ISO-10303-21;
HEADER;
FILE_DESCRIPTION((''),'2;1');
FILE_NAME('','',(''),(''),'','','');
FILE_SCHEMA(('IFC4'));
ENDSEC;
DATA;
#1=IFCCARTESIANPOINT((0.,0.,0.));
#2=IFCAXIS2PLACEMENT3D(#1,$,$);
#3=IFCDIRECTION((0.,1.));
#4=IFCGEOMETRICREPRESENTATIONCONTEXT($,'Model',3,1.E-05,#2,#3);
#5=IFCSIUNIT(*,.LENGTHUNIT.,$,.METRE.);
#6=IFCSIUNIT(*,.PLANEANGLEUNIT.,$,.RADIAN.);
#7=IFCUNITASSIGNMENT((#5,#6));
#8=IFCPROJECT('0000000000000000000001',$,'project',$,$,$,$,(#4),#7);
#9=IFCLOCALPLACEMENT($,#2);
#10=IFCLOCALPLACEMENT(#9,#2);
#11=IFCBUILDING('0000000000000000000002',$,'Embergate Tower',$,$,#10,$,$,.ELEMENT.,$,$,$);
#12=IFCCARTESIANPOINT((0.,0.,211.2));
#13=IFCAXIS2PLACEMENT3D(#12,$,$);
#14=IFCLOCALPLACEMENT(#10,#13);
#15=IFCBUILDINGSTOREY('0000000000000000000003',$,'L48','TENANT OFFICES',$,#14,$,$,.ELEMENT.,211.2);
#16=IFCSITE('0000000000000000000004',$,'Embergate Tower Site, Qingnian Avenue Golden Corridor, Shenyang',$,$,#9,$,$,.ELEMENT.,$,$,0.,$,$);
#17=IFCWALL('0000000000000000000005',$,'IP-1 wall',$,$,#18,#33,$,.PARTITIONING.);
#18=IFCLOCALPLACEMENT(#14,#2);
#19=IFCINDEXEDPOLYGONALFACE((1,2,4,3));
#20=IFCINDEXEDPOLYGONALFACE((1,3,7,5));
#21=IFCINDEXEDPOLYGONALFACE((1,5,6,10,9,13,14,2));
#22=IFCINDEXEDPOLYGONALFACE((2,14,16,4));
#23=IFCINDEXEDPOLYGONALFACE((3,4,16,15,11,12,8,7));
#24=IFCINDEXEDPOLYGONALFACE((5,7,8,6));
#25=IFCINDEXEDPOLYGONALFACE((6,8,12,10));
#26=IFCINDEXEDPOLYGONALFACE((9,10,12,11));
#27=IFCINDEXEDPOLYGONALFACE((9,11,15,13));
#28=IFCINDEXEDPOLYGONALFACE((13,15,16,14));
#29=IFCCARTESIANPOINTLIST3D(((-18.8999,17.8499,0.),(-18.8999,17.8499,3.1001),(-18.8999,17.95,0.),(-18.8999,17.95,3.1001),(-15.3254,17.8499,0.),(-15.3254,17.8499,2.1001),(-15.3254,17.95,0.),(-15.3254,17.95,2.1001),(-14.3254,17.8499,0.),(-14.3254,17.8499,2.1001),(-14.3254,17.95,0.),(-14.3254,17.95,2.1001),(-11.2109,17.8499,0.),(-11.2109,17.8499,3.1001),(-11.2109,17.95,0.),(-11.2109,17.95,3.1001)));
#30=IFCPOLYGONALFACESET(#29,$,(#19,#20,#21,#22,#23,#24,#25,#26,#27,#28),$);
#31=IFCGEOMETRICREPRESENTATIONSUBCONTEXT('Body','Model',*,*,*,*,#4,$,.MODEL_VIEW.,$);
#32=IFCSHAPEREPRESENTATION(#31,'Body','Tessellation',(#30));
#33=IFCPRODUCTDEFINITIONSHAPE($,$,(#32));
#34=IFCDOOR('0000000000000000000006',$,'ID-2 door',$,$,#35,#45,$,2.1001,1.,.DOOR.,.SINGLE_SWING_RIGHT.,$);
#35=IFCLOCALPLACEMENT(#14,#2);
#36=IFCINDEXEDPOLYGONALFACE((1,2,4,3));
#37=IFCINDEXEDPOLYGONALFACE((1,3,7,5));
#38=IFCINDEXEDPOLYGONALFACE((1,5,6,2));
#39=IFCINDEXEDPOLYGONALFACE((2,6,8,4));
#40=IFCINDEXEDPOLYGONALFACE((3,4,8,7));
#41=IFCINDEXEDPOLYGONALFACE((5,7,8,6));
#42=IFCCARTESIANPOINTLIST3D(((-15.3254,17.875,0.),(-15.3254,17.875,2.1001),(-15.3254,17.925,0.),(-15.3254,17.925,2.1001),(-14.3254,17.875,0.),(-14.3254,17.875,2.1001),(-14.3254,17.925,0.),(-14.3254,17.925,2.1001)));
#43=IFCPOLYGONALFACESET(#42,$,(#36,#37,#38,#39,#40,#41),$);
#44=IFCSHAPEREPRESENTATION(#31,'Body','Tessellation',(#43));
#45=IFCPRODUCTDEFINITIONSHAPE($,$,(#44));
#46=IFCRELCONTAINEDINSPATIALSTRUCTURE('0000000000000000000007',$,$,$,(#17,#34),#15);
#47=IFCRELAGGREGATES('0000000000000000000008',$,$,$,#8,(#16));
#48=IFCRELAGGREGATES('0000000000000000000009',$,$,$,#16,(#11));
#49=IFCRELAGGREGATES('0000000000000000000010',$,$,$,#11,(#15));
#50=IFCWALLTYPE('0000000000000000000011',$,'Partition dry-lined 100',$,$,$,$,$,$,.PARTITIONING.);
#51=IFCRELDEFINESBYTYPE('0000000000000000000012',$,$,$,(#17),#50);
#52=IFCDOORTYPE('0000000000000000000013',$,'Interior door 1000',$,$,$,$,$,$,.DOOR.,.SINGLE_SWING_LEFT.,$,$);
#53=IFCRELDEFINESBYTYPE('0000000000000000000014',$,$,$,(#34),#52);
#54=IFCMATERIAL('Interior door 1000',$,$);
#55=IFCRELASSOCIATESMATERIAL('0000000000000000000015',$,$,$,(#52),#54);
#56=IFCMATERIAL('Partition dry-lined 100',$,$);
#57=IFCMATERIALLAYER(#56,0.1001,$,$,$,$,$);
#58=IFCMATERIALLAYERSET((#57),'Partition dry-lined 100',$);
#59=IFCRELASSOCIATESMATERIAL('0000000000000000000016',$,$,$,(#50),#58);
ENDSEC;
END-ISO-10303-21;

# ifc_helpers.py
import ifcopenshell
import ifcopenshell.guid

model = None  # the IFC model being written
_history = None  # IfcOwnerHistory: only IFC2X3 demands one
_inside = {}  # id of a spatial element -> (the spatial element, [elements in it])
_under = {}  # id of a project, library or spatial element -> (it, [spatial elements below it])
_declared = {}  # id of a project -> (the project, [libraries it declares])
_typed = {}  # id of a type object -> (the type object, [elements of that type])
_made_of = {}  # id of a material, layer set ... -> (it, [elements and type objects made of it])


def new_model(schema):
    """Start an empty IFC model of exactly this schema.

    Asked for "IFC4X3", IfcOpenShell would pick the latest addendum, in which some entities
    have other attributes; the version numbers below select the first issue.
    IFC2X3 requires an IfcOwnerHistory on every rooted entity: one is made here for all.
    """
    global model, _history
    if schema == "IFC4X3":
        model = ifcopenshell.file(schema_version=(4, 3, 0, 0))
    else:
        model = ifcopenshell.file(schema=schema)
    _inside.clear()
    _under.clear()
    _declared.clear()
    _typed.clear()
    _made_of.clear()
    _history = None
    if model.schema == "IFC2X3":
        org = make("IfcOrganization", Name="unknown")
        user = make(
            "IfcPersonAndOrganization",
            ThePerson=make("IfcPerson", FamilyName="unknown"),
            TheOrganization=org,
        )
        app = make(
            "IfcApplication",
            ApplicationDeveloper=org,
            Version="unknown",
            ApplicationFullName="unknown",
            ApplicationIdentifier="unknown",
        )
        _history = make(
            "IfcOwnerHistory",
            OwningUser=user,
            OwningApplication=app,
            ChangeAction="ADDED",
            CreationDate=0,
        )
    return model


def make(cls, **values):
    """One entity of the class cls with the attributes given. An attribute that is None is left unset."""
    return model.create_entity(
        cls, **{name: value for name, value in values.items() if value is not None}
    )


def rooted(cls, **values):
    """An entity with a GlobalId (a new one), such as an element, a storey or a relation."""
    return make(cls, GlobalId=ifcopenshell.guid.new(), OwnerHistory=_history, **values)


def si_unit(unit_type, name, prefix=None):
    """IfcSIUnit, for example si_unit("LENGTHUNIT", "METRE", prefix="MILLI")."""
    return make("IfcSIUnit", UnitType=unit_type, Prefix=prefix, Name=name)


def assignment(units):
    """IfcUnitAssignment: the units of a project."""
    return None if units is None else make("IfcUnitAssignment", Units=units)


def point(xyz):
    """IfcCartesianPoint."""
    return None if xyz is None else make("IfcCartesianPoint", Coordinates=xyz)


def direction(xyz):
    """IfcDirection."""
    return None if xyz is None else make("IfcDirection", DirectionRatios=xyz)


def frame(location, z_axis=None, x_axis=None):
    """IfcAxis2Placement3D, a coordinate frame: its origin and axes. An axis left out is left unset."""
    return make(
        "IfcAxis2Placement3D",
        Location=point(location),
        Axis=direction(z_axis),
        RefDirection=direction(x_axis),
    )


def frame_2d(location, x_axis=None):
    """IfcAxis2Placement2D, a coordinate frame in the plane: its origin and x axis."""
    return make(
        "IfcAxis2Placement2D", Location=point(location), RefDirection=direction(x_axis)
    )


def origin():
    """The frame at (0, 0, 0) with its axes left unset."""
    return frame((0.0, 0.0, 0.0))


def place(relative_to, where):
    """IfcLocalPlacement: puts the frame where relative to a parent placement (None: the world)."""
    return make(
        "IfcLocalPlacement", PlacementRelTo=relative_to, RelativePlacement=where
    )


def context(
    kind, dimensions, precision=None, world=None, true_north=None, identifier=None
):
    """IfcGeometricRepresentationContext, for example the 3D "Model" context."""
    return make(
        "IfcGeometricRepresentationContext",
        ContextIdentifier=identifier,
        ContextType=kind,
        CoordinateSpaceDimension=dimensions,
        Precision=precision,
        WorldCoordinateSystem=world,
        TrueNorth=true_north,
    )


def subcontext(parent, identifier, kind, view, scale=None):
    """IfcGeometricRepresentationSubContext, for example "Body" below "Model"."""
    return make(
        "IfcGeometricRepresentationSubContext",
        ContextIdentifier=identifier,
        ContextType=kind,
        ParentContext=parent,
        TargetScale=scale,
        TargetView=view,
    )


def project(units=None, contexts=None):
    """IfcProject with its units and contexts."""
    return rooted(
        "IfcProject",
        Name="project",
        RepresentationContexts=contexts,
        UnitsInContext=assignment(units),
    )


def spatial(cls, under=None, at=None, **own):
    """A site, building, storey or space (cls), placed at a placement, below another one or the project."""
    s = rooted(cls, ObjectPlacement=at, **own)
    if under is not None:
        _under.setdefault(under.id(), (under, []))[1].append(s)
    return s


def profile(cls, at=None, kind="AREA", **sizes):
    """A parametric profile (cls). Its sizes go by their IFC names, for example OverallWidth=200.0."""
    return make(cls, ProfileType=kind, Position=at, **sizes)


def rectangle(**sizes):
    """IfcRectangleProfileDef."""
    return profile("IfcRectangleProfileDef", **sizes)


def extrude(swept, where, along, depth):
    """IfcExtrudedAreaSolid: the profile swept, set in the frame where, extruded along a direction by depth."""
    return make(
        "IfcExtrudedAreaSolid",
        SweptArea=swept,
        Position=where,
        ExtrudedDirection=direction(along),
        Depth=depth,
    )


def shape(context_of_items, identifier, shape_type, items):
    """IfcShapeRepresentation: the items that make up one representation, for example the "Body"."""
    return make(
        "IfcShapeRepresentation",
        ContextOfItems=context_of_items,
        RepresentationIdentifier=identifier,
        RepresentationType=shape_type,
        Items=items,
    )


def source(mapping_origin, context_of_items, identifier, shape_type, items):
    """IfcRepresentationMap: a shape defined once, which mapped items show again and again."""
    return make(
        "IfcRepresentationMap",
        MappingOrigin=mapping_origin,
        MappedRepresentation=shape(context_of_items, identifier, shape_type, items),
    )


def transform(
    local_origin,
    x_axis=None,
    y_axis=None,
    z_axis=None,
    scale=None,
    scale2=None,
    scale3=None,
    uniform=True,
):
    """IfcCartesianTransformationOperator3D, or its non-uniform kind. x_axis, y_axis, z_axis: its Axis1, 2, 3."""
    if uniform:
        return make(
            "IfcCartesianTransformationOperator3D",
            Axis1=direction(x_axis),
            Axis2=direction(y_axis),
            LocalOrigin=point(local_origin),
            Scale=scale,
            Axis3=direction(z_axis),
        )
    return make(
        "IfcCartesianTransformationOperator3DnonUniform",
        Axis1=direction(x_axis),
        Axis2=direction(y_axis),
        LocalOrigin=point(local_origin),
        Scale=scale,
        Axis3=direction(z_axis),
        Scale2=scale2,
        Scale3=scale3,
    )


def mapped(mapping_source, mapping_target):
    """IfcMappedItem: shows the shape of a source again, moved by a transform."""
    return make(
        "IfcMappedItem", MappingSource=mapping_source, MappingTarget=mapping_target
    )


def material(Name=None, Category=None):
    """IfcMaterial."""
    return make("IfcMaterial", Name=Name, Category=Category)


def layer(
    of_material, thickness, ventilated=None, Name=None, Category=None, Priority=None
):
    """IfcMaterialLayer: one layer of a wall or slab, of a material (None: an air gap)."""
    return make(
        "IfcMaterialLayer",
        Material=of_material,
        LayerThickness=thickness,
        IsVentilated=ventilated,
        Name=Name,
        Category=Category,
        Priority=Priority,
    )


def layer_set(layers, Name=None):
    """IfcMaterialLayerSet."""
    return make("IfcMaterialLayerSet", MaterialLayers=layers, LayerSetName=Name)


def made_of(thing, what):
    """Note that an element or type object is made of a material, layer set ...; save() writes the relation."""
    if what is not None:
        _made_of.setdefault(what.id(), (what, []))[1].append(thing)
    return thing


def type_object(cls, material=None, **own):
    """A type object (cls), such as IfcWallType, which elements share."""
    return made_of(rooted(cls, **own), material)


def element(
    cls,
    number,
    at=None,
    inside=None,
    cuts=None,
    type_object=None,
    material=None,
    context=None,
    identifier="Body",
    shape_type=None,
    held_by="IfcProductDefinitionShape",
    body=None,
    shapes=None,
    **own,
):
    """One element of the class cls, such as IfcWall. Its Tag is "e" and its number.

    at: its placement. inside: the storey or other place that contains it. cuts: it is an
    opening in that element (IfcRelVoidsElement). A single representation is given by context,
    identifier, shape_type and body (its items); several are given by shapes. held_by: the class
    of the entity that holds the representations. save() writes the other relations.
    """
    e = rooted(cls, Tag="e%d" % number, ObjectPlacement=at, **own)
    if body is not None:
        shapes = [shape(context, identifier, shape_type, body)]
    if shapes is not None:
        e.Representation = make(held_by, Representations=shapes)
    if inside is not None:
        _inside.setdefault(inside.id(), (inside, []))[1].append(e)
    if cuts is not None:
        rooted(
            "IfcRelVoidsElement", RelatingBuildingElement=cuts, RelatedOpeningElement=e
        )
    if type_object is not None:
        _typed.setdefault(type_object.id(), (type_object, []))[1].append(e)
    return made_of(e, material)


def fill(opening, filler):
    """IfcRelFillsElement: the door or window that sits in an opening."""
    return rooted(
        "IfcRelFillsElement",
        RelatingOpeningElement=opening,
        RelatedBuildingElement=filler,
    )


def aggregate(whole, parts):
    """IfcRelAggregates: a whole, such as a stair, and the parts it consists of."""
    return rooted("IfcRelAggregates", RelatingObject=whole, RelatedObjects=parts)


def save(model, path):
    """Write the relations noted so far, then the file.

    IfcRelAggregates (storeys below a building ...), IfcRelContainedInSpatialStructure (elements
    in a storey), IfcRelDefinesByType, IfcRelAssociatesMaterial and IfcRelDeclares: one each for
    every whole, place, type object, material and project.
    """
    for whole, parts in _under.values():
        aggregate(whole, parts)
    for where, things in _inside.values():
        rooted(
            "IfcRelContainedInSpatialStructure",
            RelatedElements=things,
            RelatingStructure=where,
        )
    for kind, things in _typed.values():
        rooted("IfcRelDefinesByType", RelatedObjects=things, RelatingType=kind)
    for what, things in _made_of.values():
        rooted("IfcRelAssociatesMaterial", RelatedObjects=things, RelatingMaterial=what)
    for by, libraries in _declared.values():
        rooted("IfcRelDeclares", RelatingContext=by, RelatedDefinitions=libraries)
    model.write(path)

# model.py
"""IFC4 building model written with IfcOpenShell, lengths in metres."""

from ifc_helpers import new_model, si_unit, direction, frame, frame_2d, origin, place, context, subcontext, project, spatial, rectangle, extrude, source, transform, mapped, material, layer, layer_set, type_object, element, fill, save


model = new_model("IFC4")

# Units and contexts
model_context = context("Model", 3, precision=1e-05, world=origin(), true_north=direction((0.0, 1.0)))
body_context = subcontext(model_context, "Body", "Model", "MODEL_VIEW")
ifc_project = project(units=[si_unit("LENGTHUNIT", "METRE"), si_unit("PLANEANGLEUNIT", "RADIAN")], contexts=[model_context])

# Site, building, storey
site_placement = place(None, origin())
site = spatial("IfcSite", under=ifc_project, at=site_placement, Name="Embergate Tower Site, Qingnian Avenue Golden Corridor, Shenyang", CompositionType="ELEMENT", RefElevation=0.0)
building_placement = place(site_placement, origin())
building = spatial("IfcBuilding", under=site, at=building_placement, Name="Embergate Tower", CompositionType="ELEMENT")
storey_placement = place(building_placement, frame((0.0, 0.0, 211.2)))
storey = spatial("IfcBuildingStorey", under=building, at=storey_placement, Name="L48", Description="TENANT OFFICES", CompositionType="ELEMENT", Elevation=211.2)

# Shared definitions
ifc_material_1 = material(Name="Interior door 1000")
door_type_1 = type_object("IfcDoorType", Name="Interior door 1000", OperationType="SINGLE_SWING_LEFT", PredefinedType="DOOR", material=ifc_material_1)
shared_shape_1 = source(origin(), body_context, "Body", "SweptSolid", [
    extrude(rectangle(XDim=1.0, YDim=2.1001, at=frame_2d((0.5, 1.05))), frame((0.0, 0.0249, 0.0), z_axis=(0.0, -1.0, 0.0), x_axis=(1.0, 0.0, 0.0)), (0.0, 0.0, 1.0), 0.05),
])

# Shared definitions
ifc_material_2 = material(Name="Partition dry-lined 100")
ifc_layer_1 = layer(ifc_material_2, 0.1001)
ifc_layer_set_1 = layer_set([ifc_layer_1], Name="Partition dry-lined 100")
wall_type_1 = type_object("IfcWallType", Name="Partition dry-lined 100", PredefinedType="PARTITIONING", material=ifc_layer_set_1)

# Wall, opening, door
shared_shape_2 = source(origin(), body_context, "Body", "SweptSolid", [
    extrude(rectangle(XDim=7.689, YDim=0.1001, at=frame_2d((3.8445, 0.0))), origin(), (0.0, 0.0, 1.0), 3.1001),
])
wall_1_placement = place(storey_placement, frame((-11.2109, 17.8999, 0.0), z_axis=(0.0, 0.0, 1.0), x_axis=(-1.0, 0.0, 0.0)))
wall_1 = element("IfcWall", 1, at=wall_1_placement, inside=storey, type_object=wall_type_1, Name="IP-1 wall", PredefinedType="PARTITIONING", context=body_context, shape_type="MappedRepresentation", body=[
    mapped(shared_shape_2, transform((0.0, 0.0, 0.0))),
])
shared_shape_3 = source(origin(), body_context, "Body", "SweptSolid", [
    extrude(rectangle(XDim=1.0, YDim=2.1001, at=frame_2d((0.5, 1.05))), frame((0.0, 0.0601, 0.0), z_axis=(0.0, -1.0, 0.0), x_axis=(1.0, 0.0, 0.0)), (0.0, 0.0, 1.0), 0.1201),
])
opening_1_placement = place(wall_1_placement, frame((3.1145, 0.0, 0.0)))
opening_1 = element("IfcOpeningElement", 2, at=opening_1_placement, cuts=wall_1, PredefinedType="OPENING", context=body_context, shape_type="MappedRepresentation", body=[
    mapped(shared_shape_3, transform((0.0, 0.0, 0.0))),
])
door_1_placement = place(opening_1_placement, origin())
door_1 = element("IfcDoor", 3, at=door_1_placement, inside=storey, type_object=door_type_1, Name="ID-2 door", OperationType="SINGLE_SWING_RIGHT", OverallHeight=2.1001, OverallWidth=1.0, PredefinedType="DOOR", context=body_context, shape_type="MappedRepresentation", body=[
    mapped(shared_shape_1, transform((0.0, 0.0, 0.0))),
])
fill(opening_1, door_1)

save(model, "model.ifc")
